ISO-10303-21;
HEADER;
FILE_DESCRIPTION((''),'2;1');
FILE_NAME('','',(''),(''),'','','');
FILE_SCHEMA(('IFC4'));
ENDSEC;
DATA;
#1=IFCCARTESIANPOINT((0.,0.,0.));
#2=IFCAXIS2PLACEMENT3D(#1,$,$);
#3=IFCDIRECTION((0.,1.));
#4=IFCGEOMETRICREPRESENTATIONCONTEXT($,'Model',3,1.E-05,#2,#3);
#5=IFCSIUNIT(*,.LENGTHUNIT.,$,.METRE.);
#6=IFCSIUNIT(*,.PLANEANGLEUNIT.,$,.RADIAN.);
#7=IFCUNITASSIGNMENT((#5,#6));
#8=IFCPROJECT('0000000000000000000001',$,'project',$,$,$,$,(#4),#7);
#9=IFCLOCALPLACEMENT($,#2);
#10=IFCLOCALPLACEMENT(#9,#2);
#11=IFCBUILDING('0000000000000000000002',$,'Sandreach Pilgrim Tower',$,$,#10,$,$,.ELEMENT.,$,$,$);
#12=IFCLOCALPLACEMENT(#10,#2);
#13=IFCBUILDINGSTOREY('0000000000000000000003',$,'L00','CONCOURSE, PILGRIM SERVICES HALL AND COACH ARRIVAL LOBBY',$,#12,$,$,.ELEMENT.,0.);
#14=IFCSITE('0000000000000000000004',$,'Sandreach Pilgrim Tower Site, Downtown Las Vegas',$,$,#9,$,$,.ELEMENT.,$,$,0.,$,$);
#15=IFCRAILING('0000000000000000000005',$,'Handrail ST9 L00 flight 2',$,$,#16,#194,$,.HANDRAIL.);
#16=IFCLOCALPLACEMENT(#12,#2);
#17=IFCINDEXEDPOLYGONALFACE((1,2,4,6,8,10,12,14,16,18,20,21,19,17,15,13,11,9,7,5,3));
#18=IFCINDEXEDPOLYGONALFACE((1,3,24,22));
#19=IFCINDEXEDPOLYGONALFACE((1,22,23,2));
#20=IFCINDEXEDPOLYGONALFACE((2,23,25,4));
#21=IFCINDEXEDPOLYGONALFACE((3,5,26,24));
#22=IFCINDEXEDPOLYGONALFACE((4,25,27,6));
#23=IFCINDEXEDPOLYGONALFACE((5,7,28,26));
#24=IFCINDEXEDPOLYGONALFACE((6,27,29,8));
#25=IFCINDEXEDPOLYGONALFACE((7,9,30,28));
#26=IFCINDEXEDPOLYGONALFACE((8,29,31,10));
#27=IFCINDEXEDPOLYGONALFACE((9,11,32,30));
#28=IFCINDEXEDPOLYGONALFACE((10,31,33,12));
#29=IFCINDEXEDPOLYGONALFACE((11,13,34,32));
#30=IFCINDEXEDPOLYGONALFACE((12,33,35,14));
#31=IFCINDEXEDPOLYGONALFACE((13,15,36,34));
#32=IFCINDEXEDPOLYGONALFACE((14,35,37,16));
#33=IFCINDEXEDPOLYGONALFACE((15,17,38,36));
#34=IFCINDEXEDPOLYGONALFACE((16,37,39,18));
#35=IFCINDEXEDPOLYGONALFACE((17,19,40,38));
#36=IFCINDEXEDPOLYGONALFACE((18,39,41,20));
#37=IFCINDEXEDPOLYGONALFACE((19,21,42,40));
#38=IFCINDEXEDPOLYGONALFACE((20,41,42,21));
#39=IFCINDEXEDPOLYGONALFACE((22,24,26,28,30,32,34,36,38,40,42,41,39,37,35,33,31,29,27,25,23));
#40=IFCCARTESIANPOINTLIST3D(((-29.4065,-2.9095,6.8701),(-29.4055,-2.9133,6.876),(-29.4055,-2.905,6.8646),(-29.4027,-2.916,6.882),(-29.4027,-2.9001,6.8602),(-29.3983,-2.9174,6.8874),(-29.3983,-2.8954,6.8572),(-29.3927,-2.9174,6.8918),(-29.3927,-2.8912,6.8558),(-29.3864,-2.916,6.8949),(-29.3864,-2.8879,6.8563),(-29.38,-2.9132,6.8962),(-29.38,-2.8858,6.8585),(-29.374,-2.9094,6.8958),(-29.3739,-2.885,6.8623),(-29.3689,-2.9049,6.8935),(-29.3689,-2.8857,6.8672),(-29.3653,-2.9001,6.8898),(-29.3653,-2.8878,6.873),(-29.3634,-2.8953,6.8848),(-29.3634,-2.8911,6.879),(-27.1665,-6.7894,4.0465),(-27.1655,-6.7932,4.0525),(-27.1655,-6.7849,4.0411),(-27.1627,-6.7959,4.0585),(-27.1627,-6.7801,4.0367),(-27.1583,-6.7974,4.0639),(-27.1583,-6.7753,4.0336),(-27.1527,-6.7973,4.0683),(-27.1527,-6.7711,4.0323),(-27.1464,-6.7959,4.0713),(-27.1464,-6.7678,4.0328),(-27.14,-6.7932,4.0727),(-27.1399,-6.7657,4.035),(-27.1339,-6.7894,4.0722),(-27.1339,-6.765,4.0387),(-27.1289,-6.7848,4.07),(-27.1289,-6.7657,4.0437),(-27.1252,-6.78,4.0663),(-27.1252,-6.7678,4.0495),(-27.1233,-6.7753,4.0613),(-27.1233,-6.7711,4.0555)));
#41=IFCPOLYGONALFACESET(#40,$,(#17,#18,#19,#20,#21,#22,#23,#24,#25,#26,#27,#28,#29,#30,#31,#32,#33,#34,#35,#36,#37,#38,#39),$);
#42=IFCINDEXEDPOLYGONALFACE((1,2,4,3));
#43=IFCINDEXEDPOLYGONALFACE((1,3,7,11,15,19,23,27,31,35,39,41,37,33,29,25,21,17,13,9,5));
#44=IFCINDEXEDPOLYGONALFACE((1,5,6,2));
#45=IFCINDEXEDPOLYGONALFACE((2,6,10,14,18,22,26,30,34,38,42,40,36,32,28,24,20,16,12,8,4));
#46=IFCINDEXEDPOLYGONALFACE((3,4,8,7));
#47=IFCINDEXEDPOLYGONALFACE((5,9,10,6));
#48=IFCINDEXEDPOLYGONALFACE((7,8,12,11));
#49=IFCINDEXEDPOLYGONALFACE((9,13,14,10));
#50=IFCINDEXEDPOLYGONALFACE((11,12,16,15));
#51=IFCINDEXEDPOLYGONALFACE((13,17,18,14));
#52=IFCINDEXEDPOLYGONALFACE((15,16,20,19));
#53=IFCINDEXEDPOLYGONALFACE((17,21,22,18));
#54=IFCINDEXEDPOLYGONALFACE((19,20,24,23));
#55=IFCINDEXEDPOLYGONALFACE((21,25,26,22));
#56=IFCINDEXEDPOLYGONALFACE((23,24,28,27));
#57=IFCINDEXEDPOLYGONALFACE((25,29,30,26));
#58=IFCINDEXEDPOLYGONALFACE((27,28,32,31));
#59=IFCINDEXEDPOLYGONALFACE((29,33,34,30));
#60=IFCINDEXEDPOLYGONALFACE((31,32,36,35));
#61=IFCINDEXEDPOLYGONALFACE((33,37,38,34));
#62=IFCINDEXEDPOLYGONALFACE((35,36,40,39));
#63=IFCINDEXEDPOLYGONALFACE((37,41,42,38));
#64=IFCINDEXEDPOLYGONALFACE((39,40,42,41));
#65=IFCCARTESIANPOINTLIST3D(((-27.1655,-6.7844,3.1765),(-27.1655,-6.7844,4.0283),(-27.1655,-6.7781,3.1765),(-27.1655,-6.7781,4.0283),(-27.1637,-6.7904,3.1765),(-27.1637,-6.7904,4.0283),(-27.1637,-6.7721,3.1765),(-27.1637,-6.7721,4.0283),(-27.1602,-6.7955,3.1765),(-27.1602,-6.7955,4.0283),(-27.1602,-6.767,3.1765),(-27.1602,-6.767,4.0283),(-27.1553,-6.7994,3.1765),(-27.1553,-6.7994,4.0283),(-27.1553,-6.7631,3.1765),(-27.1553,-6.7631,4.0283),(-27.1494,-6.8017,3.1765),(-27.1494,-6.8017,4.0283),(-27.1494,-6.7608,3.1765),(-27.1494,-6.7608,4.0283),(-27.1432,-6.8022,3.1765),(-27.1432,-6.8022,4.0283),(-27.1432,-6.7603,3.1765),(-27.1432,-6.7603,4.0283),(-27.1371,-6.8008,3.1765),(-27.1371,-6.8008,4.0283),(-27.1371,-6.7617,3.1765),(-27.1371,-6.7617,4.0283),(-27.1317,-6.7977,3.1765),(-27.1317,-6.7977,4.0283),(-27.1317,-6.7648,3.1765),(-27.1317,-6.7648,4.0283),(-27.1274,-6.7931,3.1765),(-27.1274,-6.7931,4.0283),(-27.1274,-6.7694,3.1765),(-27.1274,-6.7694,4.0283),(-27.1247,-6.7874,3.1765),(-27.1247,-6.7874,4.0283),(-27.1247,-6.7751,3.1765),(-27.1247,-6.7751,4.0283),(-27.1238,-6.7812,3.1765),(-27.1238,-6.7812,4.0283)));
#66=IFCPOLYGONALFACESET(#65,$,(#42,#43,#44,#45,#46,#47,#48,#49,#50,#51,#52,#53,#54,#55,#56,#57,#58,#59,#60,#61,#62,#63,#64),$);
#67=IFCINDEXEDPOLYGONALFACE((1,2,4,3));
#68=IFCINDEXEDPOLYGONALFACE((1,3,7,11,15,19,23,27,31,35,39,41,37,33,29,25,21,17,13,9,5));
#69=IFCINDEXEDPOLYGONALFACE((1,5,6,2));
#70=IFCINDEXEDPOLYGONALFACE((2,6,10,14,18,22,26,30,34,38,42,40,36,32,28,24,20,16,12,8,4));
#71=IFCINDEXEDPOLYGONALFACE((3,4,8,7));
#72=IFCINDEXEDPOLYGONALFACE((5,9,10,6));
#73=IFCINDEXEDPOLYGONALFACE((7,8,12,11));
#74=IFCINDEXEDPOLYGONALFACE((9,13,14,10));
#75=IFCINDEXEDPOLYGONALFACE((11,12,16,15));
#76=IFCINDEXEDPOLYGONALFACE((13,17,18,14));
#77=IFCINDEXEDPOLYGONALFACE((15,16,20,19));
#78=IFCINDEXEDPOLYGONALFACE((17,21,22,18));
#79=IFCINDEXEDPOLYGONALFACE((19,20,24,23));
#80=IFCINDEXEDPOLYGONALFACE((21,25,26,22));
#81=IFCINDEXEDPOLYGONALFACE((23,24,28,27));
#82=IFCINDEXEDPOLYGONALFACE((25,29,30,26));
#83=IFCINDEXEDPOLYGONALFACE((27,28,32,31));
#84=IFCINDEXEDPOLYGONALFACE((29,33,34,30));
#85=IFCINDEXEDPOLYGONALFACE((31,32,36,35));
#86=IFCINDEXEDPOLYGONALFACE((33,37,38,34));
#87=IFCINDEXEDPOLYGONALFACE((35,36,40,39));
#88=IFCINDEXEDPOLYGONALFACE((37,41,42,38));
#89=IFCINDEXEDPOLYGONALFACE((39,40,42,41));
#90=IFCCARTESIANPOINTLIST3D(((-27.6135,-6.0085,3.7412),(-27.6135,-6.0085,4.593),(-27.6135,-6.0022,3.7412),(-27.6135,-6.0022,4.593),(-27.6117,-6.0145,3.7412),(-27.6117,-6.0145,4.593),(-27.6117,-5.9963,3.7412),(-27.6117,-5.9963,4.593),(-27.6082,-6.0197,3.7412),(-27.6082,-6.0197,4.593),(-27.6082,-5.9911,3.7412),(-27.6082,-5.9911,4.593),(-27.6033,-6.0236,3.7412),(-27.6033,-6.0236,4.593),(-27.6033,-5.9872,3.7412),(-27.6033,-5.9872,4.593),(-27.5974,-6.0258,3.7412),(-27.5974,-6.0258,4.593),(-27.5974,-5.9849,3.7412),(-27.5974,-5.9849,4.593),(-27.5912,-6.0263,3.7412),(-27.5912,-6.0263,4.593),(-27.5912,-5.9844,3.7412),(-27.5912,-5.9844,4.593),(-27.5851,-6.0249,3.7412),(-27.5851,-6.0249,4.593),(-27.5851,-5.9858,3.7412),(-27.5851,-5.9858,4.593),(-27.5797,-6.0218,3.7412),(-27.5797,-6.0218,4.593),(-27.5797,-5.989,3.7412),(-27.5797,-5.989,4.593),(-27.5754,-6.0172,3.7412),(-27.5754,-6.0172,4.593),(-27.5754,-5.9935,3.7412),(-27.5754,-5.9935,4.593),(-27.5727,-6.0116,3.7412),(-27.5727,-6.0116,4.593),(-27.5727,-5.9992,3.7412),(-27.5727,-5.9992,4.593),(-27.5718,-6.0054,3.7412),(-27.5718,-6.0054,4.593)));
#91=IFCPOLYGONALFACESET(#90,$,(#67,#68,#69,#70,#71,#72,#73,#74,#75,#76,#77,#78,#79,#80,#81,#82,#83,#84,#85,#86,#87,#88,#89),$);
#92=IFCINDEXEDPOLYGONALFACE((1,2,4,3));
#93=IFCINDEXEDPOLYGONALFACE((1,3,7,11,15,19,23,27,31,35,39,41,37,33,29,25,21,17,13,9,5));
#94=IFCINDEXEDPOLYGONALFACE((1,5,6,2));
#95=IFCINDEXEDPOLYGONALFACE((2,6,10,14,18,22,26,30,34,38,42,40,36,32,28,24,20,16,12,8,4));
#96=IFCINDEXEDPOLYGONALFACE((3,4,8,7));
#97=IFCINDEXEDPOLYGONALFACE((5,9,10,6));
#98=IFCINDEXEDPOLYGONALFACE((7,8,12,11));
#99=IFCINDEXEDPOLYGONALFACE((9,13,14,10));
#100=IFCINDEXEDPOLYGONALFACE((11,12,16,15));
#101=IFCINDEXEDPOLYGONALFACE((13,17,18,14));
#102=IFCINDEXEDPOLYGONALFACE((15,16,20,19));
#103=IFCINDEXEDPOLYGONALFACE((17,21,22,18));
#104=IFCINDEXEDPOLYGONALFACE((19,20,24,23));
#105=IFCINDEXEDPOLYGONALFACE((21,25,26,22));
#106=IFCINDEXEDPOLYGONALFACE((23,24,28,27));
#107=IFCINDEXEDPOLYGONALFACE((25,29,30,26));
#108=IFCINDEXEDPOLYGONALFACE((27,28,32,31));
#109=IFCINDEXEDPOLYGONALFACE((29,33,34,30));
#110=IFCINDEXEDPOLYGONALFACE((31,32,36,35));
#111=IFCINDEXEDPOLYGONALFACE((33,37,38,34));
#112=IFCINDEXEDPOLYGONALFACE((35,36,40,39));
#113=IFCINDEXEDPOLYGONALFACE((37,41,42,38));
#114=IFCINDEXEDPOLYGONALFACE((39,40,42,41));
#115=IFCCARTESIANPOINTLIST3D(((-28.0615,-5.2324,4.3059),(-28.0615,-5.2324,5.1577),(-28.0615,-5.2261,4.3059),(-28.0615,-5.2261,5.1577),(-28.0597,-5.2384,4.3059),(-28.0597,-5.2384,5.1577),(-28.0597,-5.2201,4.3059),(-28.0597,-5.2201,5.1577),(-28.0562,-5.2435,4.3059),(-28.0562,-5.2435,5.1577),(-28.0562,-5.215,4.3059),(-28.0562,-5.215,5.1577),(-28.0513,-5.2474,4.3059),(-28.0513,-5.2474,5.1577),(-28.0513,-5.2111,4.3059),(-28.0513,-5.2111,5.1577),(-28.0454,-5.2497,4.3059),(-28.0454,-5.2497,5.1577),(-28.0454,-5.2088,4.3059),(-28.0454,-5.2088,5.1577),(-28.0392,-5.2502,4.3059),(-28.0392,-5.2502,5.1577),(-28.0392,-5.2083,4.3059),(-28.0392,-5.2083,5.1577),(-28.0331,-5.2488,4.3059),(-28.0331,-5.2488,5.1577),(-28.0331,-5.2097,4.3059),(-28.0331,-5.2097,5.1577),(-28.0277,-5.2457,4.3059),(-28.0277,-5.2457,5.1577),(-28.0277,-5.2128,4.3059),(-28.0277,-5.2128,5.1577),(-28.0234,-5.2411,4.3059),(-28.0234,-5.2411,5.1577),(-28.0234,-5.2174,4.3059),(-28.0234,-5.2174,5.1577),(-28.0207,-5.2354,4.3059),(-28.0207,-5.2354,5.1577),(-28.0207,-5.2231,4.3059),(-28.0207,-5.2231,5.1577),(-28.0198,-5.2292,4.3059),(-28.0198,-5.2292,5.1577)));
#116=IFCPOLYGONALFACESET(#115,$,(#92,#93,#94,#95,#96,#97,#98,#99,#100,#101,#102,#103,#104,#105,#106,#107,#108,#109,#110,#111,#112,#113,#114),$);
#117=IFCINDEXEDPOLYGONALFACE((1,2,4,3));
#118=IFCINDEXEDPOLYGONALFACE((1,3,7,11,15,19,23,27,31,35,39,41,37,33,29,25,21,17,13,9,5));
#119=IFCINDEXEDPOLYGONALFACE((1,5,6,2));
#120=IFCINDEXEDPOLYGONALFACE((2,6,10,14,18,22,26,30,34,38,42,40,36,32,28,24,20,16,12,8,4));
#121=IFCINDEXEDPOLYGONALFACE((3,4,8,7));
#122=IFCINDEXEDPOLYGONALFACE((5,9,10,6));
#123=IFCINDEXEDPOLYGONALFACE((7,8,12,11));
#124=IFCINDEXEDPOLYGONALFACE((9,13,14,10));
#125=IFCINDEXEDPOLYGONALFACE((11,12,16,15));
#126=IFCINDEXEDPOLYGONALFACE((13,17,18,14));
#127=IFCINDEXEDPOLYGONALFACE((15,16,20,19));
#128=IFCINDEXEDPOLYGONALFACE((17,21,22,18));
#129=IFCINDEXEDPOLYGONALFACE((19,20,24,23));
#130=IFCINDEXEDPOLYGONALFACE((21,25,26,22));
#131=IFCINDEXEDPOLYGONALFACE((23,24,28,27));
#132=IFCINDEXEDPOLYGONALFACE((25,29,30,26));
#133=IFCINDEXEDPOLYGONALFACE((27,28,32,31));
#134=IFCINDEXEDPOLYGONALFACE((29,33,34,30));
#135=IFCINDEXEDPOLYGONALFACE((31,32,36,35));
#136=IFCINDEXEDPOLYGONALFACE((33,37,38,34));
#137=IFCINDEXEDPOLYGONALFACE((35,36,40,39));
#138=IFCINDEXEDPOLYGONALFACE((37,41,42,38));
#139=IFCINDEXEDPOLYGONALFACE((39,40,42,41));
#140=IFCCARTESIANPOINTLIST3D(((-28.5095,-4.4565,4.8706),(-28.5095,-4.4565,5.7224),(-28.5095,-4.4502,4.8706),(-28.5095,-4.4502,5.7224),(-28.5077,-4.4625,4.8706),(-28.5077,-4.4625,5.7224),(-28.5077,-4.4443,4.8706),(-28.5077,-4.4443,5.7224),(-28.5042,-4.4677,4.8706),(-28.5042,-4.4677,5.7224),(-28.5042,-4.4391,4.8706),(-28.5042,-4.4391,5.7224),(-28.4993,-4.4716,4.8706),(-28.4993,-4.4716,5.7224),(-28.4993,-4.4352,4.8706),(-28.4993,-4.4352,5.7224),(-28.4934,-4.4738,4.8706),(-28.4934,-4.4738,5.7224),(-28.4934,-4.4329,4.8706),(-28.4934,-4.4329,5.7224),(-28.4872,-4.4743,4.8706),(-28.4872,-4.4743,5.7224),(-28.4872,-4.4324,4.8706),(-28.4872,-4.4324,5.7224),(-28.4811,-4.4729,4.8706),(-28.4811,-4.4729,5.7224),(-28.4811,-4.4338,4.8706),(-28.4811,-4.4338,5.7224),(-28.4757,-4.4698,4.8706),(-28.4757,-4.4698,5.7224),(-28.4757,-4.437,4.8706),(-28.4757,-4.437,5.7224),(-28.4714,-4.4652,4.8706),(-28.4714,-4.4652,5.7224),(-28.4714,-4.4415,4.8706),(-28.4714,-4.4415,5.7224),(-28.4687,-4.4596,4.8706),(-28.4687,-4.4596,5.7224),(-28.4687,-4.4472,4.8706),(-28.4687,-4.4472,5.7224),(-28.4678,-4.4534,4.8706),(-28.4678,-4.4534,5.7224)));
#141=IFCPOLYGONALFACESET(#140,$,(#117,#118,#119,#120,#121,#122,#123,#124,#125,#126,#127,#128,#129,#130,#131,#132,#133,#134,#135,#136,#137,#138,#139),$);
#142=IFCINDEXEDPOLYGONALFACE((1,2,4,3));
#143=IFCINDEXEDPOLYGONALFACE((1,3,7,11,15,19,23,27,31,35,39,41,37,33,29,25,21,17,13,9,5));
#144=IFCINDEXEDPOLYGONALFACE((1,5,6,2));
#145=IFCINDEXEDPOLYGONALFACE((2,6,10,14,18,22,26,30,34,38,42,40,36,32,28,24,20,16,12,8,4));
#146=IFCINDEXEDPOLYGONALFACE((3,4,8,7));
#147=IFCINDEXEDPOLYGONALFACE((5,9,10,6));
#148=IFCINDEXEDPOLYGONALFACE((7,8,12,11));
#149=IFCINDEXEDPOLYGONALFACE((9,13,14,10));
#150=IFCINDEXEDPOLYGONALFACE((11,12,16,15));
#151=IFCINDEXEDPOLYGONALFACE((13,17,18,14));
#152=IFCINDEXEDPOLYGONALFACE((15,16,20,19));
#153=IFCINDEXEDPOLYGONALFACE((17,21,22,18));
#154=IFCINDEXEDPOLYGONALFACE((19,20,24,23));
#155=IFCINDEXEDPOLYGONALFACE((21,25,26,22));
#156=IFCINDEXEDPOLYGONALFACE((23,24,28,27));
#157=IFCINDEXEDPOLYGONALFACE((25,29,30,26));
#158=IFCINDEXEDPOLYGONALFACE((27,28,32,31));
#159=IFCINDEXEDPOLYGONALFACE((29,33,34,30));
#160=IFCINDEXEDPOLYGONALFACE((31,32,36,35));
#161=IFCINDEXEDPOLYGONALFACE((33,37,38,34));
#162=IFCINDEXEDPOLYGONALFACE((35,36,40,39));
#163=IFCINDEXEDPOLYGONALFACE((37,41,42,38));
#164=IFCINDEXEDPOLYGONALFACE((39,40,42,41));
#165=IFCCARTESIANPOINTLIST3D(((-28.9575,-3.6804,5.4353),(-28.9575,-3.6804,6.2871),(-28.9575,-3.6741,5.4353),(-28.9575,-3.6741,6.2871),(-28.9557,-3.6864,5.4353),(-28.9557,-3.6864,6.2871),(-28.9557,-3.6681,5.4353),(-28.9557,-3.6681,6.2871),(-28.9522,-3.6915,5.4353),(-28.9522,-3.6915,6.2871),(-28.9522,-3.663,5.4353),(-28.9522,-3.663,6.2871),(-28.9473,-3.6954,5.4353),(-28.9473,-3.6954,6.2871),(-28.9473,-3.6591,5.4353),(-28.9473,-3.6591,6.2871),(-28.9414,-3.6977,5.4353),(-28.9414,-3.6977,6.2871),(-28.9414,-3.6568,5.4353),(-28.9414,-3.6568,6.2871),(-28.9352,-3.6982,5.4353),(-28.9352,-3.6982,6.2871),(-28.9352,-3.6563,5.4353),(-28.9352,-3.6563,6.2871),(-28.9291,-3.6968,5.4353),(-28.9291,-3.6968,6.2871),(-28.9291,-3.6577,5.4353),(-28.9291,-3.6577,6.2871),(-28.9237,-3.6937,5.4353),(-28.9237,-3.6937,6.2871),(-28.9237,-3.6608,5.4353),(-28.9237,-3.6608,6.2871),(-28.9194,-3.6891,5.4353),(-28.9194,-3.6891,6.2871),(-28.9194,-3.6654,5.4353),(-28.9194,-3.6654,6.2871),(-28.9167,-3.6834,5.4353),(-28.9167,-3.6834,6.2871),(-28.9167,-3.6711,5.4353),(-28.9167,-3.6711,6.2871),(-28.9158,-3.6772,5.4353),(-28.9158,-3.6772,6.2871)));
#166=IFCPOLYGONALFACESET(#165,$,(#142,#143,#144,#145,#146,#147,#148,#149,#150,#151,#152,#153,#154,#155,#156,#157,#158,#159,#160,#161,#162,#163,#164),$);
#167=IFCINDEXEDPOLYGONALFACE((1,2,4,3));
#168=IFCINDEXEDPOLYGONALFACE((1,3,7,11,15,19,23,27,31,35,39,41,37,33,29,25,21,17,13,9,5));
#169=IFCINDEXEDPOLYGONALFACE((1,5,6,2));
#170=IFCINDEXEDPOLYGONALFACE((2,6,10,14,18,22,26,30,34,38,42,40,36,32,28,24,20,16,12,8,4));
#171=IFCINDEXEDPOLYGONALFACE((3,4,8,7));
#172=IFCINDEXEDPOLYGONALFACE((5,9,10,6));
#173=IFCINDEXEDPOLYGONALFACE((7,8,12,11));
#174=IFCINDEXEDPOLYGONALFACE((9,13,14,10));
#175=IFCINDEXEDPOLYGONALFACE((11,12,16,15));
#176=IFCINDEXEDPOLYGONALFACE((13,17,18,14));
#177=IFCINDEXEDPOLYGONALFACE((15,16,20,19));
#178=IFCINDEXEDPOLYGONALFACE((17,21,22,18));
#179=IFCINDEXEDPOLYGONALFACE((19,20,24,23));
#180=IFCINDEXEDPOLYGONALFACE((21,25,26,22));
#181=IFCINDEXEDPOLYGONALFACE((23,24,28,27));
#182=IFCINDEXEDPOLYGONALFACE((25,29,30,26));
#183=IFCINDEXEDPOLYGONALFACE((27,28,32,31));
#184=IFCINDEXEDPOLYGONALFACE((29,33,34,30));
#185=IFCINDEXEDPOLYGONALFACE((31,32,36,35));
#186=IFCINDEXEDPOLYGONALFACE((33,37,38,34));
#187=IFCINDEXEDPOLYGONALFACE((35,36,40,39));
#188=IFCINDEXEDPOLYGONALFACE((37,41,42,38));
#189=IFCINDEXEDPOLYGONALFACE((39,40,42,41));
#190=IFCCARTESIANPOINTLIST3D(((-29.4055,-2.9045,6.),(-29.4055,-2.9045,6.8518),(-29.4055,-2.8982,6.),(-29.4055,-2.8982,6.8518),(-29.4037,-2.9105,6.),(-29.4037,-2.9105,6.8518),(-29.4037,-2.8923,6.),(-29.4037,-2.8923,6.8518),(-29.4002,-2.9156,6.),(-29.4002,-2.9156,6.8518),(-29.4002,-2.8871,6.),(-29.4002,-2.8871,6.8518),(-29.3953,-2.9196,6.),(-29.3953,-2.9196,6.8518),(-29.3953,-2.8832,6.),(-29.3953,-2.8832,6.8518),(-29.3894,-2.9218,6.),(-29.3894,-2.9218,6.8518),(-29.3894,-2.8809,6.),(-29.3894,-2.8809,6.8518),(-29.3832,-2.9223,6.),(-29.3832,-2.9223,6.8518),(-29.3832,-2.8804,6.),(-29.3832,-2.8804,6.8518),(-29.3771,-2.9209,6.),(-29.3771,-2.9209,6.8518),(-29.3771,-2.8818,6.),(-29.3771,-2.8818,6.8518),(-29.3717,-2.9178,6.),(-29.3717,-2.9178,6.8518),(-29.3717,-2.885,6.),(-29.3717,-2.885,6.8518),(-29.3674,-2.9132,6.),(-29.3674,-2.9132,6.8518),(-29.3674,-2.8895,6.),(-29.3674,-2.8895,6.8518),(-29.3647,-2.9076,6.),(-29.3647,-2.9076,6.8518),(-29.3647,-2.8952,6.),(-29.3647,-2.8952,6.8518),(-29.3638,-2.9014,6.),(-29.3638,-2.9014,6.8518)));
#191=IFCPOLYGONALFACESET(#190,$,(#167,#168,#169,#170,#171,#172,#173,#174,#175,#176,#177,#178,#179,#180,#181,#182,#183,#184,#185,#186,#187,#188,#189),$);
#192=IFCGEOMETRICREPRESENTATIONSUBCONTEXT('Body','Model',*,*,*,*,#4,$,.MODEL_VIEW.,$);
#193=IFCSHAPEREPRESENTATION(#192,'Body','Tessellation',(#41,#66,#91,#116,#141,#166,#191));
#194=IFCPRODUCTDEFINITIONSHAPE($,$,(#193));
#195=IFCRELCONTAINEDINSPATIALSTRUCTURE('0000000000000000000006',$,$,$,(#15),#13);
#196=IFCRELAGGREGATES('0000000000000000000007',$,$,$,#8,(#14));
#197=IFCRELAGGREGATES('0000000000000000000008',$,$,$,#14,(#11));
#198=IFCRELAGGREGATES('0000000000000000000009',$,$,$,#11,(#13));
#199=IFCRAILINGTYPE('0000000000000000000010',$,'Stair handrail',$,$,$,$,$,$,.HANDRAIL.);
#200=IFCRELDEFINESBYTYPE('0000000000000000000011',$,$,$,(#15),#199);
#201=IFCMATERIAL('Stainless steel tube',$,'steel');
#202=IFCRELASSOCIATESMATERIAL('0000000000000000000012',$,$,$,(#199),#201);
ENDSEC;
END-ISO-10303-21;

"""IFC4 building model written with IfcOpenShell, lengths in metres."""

from ifc_helpers import new_model, si_unit, direction, frame, origin, origin_2d, place, context, subcontext, project, spatial, circle, extrude, material, type_object, element, save


model = new_model("IFC4")

# Units and contexts
model_context = context("Model", 3, precision=1e-05, world=origin(), true_north=direction((0.0, 1.0)))
body_context = subcontext(model_context, "Body", "Model", "MODEL_VIEW")
ifc_project = project(units=[si_unit("LENGTHUNIT", "METRE"), si_unit("PLANEANGLEUNIT", "RADIAN")], contexts=[model_context])

# Site, building, storey
site_placement = place(None, origin())
site = spatial("IfcSite", under=ifc_project, at=site_placement, Name="Sandreach Pilgrim Tower Site, Downtown Las Vegas", CompositionType="ELEMENT", RefElevation=0.0)
building_placement = place(site_placement, origin())
building = spatial("IfcBuilding", under=site, at=building_placement, Name="Sandreach Pilgrim Tower", CompositionType="ELEMENT")
storey_placement = place(building_placement, origin())
storey = spatial("IfcBuildingStorey", under=building, at=storey_placement, Name="L00", Description="CONCOURSE, PILGRIM SERVICES HALL AND COACH ARRIVAL LOBBY", CompositionType="ELEMENT", Elevation=0.0)

# Railing
ifc_material_1 = material(Name="Stainless steel tube", Category="steel")
railing_type = type_object("IfcRailingType", Name="Stair handrail", PredefinedType="HANDRAIL", material=ifc_material_1)
railing_1_placement = place(storey_placement, frame((-27.1448, -6.7812, 3.1765)))
element("IfcRailing", 1, at=railing_1_placement, inside=storey, type_object=railing_type, Name="Handrail ST9 L00 flight 2", PredefinedType="HANDRAIL", context=body_context, shape_type="SweptSolid", body=[
    extrude(circle(Radius=0.0239, at=origin_2d()), frame((0.0, 0.0, 0.876), z_axis=(-0.422993, 0.732665, 0.533178), x_axis=(-0.866031, -0.49999, 0.0)), (0.0, 0.0, 1.0), 5.2957),
    extrude(circle(Radius=0.021, at=origin_2d()), origin(), (0.0, 0.0, 1.0), 0.8518),
    extrude(circle(Radius=0.021, at=origin_2d()), frame((-0.448, 0.7759, 0.5647)), (0.0, 0.0, 1.0), 0.8518),
    extrude(circle(Radius=0.021, at=origin_2d()), frame((-0.896, 1.552, 1.1294)), (0.0, 0.0, 1.0), 0.8518),
    extrude(circle(Radius=0.021, at=origin_2d()), frame((-1.344, 2.3279, 1.6941)), (0.0, 0.0, 1.0), 0.8518),
    extrude(circle(Radius=0.021, at=origin_2d()), frame((-1.792, 3.104, 2.2588)), (0.0, 0.0, 1.0), 0.8518),
    extrude(circle(Radius=0.021, at=origin_2d()), frame((-2.24, 3.8799, 2.8235)), (0.0, 0.0, 1.0), 0.8518),
])

save(model, "model.ifc")
